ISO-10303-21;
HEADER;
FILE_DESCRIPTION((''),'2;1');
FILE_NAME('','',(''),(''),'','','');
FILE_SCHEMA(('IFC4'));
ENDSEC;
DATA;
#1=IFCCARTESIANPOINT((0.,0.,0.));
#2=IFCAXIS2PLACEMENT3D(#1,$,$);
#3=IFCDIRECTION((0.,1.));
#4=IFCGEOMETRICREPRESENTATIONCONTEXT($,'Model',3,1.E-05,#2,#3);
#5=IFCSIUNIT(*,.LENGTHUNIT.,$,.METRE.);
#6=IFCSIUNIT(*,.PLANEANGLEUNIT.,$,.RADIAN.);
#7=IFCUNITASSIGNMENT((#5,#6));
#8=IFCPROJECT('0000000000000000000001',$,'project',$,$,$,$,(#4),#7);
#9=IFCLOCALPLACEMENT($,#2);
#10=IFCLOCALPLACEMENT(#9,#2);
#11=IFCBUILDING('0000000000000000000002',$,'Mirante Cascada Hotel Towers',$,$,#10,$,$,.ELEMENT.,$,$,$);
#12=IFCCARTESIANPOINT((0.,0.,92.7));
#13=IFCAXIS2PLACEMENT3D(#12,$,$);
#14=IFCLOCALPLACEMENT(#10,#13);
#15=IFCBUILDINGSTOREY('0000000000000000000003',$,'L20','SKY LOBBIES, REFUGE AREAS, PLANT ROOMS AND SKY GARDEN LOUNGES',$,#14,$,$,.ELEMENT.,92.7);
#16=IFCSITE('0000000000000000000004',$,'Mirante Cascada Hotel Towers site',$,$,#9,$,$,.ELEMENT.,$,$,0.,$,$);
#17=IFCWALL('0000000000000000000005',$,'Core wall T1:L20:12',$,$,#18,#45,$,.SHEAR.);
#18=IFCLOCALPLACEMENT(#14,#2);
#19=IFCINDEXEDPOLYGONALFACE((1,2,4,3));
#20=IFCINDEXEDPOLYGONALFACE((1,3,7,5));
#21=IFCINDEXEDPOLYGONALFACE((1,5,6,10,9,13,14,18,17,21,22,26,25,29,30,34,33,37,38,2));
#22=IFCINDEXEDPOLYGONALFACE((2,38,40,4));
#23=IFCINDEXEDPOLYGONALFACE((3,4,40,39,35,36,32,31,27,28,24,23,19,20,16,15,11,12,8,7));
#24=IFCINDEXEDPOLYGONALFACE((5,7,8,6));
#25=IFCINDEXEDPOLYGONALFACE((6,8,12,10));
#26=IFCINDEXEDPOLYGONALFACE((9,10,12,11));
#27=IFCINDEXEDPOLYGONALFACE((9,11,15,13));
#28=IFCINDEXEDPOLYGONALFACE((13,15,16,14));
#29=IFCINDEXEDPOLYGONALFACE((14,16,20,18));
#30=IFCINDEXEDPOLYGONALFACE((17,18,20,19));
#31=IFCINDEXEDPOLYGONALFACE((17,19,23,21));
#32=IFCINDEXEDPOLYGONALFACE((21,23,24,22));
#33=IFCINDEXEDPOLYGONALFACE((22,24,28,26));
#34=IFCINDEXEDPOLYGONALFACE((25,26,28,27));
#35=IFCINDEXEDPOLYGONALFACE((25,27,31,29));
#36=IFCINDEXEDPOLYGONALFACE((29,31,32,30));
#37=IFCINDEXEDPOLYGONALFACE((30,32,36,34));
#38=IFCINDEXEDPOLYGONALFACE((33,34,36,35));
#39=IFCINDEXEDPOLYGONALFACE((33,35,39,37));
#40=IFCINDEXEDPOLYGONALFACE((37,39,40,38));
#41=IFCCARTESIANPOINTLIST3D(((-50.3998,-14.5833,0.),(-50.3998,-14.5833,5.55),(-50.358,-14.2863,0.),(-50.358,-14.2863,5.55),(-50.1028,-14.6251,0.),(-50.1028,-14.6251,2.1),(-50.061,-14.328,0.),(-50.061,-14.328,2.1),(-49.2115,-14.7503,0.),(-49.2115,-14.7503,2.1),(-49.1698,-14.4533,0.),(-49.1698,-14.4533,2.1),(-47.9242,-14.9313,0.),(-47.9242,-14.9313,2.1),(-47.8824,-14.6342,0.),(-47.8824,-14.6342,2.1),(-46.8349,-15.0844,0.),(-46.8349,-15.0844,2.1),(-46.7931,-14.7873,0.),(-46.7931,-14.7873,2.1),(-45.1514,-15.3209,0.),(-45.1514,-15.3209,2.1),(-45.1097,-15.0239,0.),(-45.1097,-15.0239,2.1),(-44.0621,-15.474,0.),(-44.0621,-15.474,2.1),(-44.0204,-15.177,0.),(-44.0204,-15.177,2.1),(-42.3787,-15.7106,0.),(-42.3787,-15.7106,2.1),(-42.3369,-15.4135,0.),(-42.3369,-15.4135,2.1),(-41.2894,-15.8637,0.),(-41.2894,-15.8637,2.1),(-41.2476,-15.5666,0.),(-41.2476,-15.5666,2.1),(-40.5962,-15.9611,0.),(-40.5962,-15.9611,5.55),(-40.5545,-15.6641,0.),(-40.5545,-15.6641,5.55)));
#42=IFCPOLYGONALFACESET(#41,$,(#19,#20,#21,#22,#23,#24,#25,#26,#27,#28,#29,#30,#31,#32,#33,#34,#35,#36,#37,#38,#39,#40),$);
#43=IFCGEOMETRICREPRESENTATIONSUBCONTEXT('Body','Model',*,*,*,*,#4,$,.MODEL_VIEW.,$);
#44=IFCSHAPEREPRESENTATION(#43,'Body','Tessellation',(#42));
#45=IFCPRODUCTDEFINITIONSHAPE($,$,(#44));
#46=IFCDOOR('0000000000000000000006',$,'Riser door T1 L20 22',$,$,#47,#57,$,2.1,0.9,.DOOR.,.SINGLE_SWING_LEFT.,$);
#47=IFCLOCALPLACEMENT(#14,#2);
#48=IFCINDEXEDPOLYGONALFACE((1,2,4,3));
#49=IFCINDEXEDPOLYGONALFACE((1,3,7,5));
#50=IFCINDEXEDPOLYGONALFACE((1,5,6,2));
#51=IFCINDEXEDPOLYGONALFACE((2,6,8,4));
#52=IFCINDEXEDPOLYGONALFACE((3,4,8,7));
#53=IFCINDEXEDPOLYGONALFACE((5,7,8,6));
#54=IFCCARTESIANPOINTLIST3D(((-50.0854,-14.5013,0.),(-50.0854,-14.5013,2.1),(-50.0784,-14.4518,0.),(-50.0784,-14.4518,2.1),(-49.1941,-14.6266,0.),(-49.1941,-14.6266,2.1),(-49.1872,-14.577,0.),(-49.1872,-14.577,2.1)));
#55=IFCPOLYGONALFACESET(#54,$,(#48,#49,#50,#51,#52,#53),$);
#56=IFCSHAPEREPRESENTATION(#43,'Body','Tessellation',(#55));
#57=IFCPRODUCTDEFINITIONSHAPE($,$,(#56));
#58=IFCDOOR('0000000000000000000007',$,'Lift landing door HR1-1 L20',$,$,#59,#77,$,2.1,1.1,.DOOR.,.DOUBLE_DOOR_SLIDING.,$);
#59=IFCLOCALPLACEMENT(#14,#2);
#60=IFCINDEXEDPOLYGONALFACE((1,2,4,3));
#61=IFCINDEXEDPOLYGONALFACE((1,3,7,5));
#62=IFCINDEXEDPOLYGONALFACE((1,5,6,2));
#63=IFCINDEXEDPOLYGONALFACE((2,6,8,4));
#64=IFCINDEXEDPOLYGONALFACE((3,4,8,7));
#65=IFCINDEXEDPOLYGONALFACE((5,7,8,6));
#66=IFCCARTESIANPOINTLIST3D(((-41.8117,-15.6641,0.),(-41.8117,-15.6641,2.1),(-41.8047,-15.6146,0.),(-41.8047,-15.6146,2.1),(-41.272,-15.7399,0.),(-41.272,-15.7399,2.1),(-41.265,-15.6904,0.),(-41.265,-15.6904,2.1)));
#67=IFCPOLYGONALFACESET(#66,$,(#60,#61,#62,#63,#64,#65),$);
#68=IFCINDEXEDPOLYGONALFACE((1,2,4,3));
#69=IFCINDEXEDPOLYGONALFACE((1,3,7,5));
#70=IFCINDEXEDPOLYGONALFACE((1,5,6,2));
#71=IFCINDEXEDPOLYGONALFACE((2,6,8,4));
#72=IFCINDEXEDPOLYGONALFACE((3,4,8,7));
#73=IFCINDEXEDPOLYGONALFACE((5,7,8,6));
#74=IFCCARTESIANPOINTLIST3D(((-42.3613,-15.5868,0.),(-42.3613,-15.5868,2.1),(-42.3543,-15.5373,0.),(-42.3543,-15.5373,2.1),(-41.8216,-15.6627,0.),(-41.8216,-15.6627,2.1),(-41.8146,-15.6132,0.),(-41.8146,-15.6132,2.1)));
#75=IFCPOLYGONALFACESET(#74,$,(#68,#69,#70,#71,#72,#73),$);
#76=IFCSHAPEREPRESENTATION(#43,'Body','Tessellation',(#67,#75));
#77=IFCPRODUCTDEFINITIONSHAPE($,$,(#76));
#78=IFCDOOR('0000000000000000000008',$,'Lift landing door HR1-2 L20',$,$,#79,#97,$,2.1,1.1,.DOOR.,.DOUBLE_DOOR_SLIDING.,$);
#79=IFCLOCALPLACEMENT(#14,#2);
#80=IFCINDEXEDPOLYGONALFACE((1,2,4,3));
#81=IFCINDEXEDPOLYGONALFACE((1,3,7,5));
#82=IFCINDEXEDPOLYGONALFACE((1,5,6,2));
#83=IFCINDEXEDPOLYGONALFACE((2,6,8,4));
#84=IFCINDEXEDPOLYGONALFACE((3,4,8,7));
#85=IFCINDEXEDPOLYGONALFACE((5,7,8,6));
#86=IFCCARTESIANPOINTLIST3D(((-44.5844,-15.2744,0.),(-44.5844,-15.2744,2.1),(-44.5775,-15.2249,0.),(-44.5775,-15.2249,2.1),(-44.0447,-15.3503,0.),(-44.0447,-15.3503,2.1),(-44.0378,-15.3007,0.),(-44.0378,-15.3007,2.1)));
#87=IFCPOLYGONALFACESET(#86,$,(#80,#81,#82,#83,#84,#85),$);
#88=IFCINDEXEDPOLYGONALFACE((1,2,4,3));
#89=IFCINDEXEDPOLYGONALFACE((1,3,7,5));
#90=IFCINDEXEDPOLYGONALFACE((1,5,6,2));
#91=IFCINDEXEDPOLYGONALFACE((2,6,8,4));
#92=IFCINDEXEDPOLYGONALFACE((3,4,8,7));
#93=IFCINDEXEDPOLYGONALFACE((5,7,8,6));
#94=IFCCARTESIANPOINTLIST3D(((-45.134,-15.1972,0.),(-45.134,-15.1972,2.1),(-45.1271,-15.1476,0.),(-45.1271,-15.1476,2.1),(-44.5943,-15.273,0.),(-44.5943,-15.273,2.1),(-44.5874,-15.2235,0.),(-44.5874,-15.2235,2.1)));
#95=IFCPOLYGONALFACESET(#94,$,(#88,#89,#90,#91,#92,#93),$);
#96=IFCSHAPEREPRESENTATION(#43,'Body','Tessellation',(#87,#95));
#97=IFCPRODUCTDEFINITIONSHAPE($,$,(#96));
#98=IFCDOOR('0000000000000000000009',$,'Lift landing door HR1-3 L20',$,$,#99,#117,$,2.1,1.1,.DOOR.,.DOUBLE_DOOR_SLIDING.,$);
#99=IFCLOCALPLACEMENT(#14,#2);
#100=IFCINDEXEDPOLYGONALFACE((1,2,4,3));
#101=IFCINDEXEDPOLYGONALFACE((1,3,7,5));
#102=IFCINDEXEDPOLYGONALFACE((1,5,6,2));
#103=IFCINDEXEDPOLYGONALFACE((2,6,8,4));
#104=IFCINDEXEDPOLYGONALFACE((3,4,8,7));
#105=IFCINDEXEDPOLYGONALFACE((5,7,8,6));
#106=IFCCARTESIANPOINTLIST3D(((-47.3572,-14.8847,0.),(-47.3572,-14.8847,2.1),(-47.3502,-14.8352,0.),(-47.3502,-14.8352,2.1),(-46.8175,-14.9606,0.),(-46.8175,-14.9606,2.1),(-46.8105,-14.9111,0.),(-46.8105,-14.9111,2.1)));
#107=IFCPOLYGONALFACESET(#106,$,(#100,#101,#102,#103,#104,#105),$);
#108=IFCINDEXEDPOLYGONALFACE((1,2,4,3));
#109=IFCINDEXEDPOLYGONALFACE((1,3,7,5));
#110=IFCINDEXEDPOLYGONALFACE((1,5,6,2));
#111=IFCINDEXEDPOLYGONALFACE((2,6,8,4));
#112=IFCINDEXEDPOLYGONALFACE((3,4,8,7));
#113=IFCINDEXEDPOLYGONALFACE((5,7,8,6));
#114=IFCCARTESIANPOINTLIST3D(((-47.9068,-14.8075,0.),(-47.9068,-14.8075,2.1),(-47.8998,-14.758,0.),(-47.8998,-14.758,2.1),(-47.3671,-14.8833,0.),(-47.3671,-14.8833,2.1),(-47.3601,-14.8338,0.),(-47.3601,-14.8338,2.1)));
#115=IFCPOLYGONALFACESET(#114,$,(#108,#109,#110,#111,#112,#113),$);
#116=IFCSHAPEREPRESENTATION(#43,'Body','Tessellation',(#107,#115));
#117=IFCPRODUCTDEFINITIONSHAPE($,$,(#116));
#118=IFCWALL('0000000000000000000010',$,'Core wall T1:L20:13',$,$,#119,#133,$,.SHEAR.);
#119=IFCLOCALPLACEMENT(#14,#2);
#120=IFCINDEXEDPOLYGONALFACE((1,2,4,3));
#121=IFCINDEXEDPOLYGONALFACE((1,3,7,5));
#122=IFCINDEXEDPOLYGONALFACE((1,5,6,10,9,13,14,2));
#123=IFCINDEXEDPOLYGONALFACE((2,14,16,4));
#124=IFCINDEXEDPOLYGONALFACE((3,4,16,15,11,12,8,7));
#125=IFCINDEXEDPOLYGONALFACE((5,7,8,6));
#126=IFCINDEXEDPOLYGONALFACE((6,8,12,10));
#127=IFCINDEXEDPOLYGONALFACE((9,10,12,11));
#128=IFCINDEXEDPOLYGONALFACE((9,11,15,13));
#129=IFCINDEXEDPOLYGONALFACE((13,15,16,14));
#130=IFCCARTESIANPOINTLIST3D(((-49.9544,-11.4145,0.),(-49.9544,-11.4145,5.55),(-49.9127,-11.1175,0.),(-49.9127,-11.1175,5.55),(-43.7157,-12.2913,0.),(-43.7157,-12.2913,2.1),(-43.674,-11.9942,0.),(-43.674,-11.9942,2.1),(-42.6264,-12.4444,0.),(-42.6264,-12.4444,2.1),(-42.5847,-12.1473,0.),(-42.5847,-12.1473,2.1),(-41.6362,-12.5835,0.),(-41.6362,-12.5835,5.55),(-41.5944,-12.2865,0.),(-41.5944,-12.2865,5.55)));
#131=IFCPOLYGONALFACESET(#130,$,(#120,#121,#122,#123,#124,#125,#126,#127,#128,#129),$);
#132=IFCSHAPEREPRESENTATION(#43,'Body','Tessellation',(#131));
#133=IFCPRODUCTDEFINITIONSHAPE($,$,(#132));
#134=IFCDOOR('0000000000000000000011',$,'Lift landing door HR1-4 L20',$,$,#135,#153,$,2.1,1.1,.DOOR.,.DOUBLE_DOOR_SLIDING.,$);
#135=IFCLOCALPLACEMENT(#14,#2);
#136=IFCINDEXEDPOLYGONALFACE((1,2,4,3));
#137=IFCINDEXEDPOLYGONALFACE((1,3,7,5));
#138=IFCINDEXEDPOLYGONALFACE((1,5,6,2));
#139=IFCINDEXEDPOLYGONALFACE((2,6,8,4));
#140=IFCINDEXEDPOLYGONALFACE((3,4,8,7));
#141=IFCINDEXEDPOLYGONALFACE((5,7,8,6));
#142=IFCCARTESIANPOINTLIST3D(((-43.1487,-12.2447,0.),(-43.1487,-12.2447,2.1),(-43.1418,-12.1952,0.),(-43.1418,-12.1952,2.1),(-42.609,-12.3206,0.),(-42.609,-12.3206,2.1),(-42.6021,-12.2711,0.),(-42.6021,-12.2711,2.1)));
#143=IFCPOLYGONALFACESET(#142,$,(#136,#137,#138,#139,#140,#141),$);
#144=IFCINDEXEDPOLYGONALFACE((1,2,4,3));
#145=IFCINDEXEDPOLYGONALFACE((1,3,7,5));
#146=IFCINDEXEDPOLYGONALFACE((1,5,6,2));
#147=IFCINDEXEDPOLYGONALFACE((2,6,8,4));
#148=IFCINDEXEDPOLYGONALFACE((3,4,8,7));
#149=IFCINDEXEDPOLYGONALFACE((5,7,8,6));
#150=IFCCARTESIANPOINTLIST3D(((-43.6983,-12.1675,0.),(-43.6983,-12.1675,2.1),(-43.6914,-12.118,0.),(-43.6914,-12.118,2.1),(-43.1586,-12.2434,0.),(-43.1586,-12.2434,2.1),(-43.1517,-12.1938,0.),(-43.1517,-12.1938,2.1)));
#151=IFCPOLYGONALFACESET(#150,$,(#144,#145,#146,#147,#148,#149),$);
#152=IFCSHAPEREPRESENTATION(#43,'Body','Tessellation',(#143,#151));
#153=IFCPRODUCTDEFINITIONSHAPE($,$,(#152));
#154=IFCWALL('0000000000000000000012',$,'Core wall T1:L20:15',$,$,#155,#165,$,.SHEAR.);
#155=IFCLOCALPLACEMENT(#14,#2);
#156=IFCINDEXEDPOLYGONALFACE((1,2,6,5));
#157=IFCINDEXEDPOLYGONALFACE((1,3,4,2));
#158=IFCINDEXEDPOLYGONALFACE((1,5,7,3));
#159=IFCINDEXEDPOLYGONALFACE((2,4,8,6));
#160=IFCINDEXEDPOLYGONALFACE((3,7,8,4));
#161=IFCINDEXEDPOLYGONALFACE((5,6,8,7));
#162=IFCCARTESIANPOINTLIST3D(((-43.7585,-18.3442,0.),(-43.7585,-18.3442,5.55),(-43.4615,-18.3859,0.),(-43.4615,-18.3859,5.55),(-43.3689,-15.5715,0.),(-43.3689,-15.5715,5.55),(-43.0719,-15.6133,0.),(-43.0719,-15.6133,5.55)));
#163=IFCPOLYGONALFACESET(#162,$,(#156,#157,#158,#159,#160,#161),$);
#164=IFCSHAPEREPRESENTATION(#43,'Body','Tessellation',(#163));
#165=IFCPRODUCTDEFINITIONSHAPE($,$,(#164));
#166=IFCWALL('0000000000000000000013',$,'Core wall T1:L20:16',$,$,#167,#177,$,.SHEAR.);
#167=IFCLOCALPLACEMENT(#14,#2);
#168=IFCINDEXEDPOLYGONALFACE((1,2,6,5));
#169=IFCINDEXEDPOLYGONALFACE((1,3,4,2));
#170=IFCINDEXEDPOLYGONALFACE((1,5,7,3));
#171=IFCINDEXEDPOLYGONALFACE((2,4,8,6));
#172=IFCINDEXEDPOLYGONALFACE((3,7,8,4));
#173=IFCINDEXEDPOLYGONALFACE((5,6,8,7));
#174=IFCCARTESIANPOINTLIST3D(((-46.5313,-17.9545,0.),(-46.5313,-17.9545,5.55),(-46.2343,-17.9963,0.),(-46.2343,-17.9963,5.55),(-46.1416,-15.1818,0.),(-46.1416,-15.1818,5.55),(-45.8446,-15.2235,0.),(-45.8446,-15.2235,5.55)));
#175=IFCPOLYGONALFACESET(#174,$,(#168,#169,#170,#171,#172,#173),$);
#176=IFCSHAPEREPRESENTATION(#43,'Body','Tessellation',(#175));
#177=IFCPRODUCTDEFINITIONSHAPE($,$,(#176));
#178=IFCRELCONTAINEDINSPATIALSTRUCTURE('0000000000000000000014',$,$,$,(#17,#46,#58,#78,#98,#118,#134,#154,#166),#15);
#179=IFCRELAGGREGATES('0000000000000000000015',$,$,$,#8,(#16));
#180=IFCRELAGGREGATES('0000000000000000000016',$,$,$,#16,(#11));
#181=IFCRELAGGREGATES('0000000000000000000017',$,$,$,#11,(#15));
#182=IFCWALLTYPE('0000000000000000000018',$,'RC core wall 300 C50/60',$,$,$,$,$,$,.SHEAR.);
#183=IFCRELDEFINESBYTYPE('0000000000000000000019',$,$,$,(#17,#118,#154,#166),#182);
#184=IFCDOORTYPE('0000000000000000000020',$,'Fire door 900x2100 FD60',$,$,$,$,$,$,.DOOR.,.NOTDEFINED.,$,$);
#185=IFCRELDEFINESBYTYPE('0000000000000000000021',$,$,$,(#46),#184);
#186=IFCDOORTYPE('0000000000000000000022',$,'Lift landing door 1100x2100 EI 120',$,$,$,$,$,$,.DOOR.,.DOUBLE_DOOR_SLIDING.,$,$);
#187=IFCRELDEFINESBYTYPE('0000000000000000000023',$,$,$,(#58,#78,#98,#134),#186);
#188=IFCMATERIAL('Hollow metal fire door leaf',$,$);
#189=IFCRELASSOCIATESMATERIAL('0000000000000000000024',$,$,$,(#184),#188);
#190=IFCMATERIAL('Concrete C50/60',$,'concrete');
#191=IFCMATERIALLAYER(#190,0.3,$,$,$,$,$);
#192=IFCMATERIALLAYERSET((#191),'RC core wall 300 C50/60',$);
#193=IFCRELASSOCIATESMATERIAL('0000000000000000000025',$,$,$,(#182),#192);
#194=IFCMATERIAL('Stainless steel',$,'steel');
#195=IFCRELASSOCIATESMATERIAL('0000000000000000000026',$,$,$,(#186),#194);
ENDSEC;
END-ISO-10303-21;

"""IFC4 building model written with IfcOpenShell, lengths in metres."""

from ifc_helpers import new_model, si_unit, direction, frame, frame_2d, origin, place, context, subcontext, project, spatial, rectangle, extrude, material, layer, layer_set, type_object, element, fill, save


model = new_model("IFC4")

# Units and contexts
model_context = context("Model", 3, precision=1e-05, world=origin(), true_north=direction((0.0, 1.0)))
body_context = subcontext(model_context, "Body", "Model", "MODEL_VIEW")
ifc_project = project(units=[si_unit("LENGTHUNIT", "METRE"), si_unit("PLANEANGLEUNIT", "RADIAN")], contexts=[model_context])

# Site, building, storey
site_placement = place(None, origin())
site = spatial("IfcSite", under=ifc_project, at=site_placement, Name="Mirante Cascada Hotel Towers site", CompositionType="ELEMENT", RefElevation=0.0)
building_placement = place(site_placement, origin())
building = spatial("IfcBuilding", under=site, at=building_placement, Name="Mirante Cascada Hotel Towers", CompositionType="ELEMENT")
storey_placement = place(building_placement, frame((0.0, 0.0, 92.7)))
storey = spatial("IfcBuildingStorey", under=building, at=storey_placement, Name="L20", Description="SKY LOBBIES, REFUGE AREAS, PLANT ROOMS AND SKY GARDEN LOUNGES", CompositionType="ELEMENT", Elevation=92.7)

# Shared definitions
ifc_material_1 = material(Name="Hollow metal fire door leaf")
door_type_1 = type_object("IfcDoorType", Name="Fire door 900x2100 FD60", OperationType="NOTDEFINED", PredefinedType="DOOR", material=ifc_material_1)

# Shared definitions
ifc_material_2 = material(Name="Concrete C50/60", Category="concrete")
ifc_layer_1 = layer(ifc_material_2, 0.3)
ifc_layer_set_1 = layer_set([ifc_layer_1], Name="RC core wall 300 C50/60")
wall_type_1 = type_object("IfcWallType", Name="RC core wall 300 C50/60", PredefinedType="SHEAR", material=ifc_layer_set_1)

# Wall, openings, doors
wall_1_placement = place(storey_placement, frame((-40.5753, -15.8126, 0.0), z_axis=(0.0, 0.0, 1.0), x_axis=(-0.990268, 0.139173, 0.0)))
wall_1 = element("IfcWall", 1, at=wall_1_placement, inside=storey, type_object=wall_type_1, Name="Core wall T1:L20:12", PredefinedType="SHEAR", context=body_context, shape_type="SweptSolid", body=[
    extrude(rectangle(XDim=9.8999, YDim=0.3, at=frame_2d((4.95, 0.0))), origin(), (0.0, 0.0, 1.0), 5.55),
])
opening_1_placement = place(wall_1_placement, frame((0.7, 0.0, 0.0)))
opening_1 = element("IfcOpeningElement", 2, at=opening_1_placement, cuts=wall_1, PredefinedType="OPENING", context=body_context, shape_type="SweptSolid", body=[
    extrude(rectangle(XDim=1.1, YDim=2.1, at=frame_2d((0.55, 1.05))), frame((0.0, 0.15, 0.0), z_axis=(0.0, -1.0, 0.0), x_axis=(1.0, 0.0, 0.0)), (0.0, 0.0, 1.0), 0.3),
])
opening_2_placement = place(wall_1_placement, frame((3.5, 0.0, 0.0)))
opening_2 = element("IfcOpeningElement", 3, at=opening_2_placement, cuts=wall_1, PredefinedType="OPENING", context=body_context, shape_type="SweptSolid", body=[
    extrude(rectangle(XDim=1.1, YDim=2.1, at=frame_2d((0.55, 1.05))), frame((0.0, 0.15, 0.0), z_axis=(0.0, -1.0, 0.0), x_axis=(1.0, 0.0, 0.0)), (0.0, 0.0, 1.0), 0.3),
])
opening_3_placement = place(wall_1_placement, frame((6.3, 0.0, 0.0)))
opening_3 = element("IfcOpeningElement", 4, at=opening_3_placement, cuts=wall_1, PredefinedType="OPENING", context=body_context, shape_type="SweptSolid", body=[
    extrude(rectangle(XDim=1.1, YDim=2.1, at=frame_2d((0.55, 1.05))), frame((0.0, 0.15, 0.0), z_axis=(0.0, -1.0, 0.0), x_axis=(1.0, 0.0, 0.0)), (0.0, 0.0, 1.0), 0.3),
])
opening_4_placement = place(wall_1_placement, frame((8.7, 0.0, 0.0)))
opening_4 = element("IfcOpeningElement", 5, at=opening_4_placement, cuts=wall_1, PredefinedType="OPENING", context=body_context, shape_type="SweptSolid", body=[
    extrude(rectangle(XDim=0.9, YDim=2.1, at=frame_2d((0.45, 1.05))), frame((0.0, 0.15, 0.0), z_axis=(0.0, -1.0, 0.0), x_axis=(1.0, 0.0, 0.0)), (0.0, 0.0, 1.0), 0.3),
])
door_1_placement = place(opening_4_placement, origin())
door_1 = element("IfcDoor", 6, at=door_1_placement, inside=storey, type_object=door_type_1, Name="Riser door T1 L20 22", OperationType="SINGLE_SWING_LEFT", OverallHeight=2.1, OverallWidth=0.9, PredefinedType="DOOR", context=body_context, shape_type="SweptSolid", body=[
    extrude(rectangle(XDim=0.9, YDim=2.1, at=frame_2d((0.45, 1.05))), frame((0.0, 0.025, 0.0), z_axis=(0.0, -1.0, 0.0), x_axis=(1.0, 0.0, 0.0)), (0.0, 0.0, 1.0), 0.05),
])
fill(opening_4, door_1)
ifc_material_3 = material(Name="Stainless steel", Category="steel")
door_type_2 = type_object("IfcDoorType", Name="Lift landing door 1100x2100 EI 120", OperationType="DOUBLE_DOOR_SLIDING", PredefinedType="DOOR", material=ifc_material_3)
door_2_placement = place(opening_1_placement, origin())
door_2 = element("IfcDoor", 7, at=door_2_placement, inside=storey, type_object=door_type_2, Name="Lift landing door HR1-1 L20", OperationType="DOUBLE_DOOR_SLIDING", OverallHeight=2.1, OverallWidth=1.1, PredefinedType="DOOR", context=body_context, shape_type="SweptSolid", body=[
    extrude(rectangle(XDim=0.545, YDim=2.1, at=frame_2d((0.2725, 1.05))), frame((0.0, 0.025, 0.0), z_axis=(0.0, -1.0, 0.0), x_axis=(1.0, 0.0, 0.0)), (0.0, 0.0, 1.0), 0.05),
    extrude(rectangle(XDim=0.545, YDim=2.1, at=frame_2d((0.8275, 1.05))), frame((0.0, 0.025, 0.0), z_axis=(0.0, -1.0, 0.0), x_axis=(1.0, 0.0, 0.0)), (0.0, 0.0, 1.0), 0.05),
])
fill(opening_1, door_2)
door_3_placement = place(opening_2_placement, origin())
door_3 = element("IfcDoor", 8, at=door_3_placement, inside=storey, type_object=door_type_2, Name="Lift landing door HR1-2 L20", OperationType="DOUBLE_DOOR_SLIDING", OverallHeight=2.1, OverallWidth=1.1, PredefinedType="DOOR", context=body_context, shape_type="SweptSolid", body=[
    extrude(rectangle(XDim=0.545, YDim=2.1, at=frame_2d((0.2725, 1.05))), frame((0.0, 0.025, 0.0), z_axis=(0.0, -1.0, 0.0), x_axis=(1.0, 0.0, 0.0)), (0.0, 0.0, 1.0), 0.05),
    extrude(rectangle(XDim=0.545, YDim=2.1, at=frame_2d((0.8275, 1.05))), frame((0.0, 0.025, 0.0), z_axis=(0.0, -1.0, 0.0), x_axis=(1.0, 0.0, 0.0)), (0.0, 0.0, 1.0), 0.05),
])
fill(opening_2, door_3)
door_4_placement = place(opening_3_placement, origin())
door_4 = element("IfcDoor", 9, at=door_4_placement, inside=storey, type_object=door_type_2, Name="Lift landing door HR1-3 L20", OperationType="DOUBLE_DOOR_SLIDING", OverallHeight=2.1, OverallWidth=1.1, PredefinedType="DOOR", context=body_context, shape_type="SweptSolid", body=[
    extrude(rectangle(XDim=0.545, YDim=2.1, at=frame_2d((0.2725, 1.05))), frame((0.0, 0.025, 0.0), z_axis=(0.0, -1.0, 0.0), x_axis=(1.0, 0.0, 0.0)), (0.0, 0.0, 1.0), 0.05),
    extrude(rectangle(XDim=0.545, YDim=2.1, at=frame_2d((0.8275, 1.05))), frame((0.0, 0.025, 0.0), z_axis=(0.0, -1.0, 0.0), x_axis=(1.0, 0.0, 0.0)), (0.0, 0.0, 1.0), 0.05),
])
fill(opening_3, door_4)

# Wall, opening, door
wall_2_placement = place(storey_placement, frame((-41.6153, -12.435, 0.0), z_axis=(0.0, 0.0, 1.0), x_axis=(-0.990269, 0.139166, 0.0)))
wall_2 = element("IfcWall", 10, at=wall_2_placement, inside=storey, type_object=wall_type_1, Name="Core wall T1:L20:13", PredefinedType="SHEAR", context=body_context, shape_type="SweptSolid", body=[
    extrude(rectangle(XDim=8.4, YDim=0.3, at=frame_2d((4.2, 0.0))), origin(), (0.0, 0.0, 1.0), 5.55),
])
opening_5_placement = place(wall_2_placement, frame((1.0, 0.0, 0.0)))
opening_5 = element("IfcOpeningElement", 11, at=opening_5_placement, cuts=wall_2, PredefinedType="OPENING", context=body_context, shape_type="SweptSolid", body=[
    extrude(rectangle(XDim=1.1, YDim=2.1, at=frame_2d((0.55, 1.05))), frame((0.0, 0.15, 0.0), z_axis=(0.0, -1.0, 0.0), x_axis=(1.0, 0.0, 0.0)), (0.0, 0.0, 1.0), 0.3),
])
door_5_placement = place(opening_5_placement, origin())
door_5 = element("IfcDoor", 12, at=door_5_placement, inside=storey, type_object=door_type_2, Name="Lift landing door HR1-4 L20", OperationType="DOUBLE_DOOR_SLIDING", OverallHeight=2.1, OverallWidth=1.1, PredefinedType="DOOR", context=body_context, shape_type="SweptSolid", body=[
    extrude(rectangle(XDim=0.545, YDim=2.1, at=frame_2d((0.2725, 1.05))), frame((0.0, 0.025, 0.0), z_axis=(0.0, -1.0, 0.0), x_axis=(1.0, 0.0, 0.0)), (0.0, 0.0, 1.0), 0.05),
    extrude(rectangle(XDim=0.545, YDim=2.1, at=frame_2d((0.8275, 1.05))), frame((0.0, 0.025, 0.0), z_axis=(0.0, -1.0, 0.0), x_axis=(1.0, 0.0, 0.0)), (0.0, 0.0, 1.0), 0.05),
])
fill(opening_5, door_5)

# Walls
wall_3_placement = place(storey_placement, frame((-43.61, -18.3651, 0.0), z_axis=(0.0, 0.0, 1.0), x_axis=(0.139146, 0.990272, 0.0)))
element("IfcWall", 13, at=wall_3_placement, inside=storey, type_object=wall_type_1, Name="Core wall T1:L20:15", PredefinedType="SHEAR", context=body_context, shape_type="SweptSolid", body=[
    extrude(rectangle(XDim=2.7999, YDim=0.3, at=frame_2d((1.4, 0.0))), origin(), (0.0, 0.0, 1.0), 5.55),
])
wall_4_placement = place(storey_placement, frame((-46.3828, -17.9754, 0.0), z_axis=(0.0, 0.0, 1.0), x_axis=(0.139181, 0.990267, 0.0)))
element("IfcWall", 14, at=wall_4_placement, inside=storey, type_object=wall_type_1, Name="Core wall T1:L20:16", PredefinedType="SHEAR", context=body_context, shape_type="SweptSolid", body=[
    extrude(rectangle(XDim=2.8, YDim=0.3, at=frame_2d((1.4, 0.0))), origin(), (0.0, 0.0, 1.0), 5.55),
])

save(model, "model.ifc")
